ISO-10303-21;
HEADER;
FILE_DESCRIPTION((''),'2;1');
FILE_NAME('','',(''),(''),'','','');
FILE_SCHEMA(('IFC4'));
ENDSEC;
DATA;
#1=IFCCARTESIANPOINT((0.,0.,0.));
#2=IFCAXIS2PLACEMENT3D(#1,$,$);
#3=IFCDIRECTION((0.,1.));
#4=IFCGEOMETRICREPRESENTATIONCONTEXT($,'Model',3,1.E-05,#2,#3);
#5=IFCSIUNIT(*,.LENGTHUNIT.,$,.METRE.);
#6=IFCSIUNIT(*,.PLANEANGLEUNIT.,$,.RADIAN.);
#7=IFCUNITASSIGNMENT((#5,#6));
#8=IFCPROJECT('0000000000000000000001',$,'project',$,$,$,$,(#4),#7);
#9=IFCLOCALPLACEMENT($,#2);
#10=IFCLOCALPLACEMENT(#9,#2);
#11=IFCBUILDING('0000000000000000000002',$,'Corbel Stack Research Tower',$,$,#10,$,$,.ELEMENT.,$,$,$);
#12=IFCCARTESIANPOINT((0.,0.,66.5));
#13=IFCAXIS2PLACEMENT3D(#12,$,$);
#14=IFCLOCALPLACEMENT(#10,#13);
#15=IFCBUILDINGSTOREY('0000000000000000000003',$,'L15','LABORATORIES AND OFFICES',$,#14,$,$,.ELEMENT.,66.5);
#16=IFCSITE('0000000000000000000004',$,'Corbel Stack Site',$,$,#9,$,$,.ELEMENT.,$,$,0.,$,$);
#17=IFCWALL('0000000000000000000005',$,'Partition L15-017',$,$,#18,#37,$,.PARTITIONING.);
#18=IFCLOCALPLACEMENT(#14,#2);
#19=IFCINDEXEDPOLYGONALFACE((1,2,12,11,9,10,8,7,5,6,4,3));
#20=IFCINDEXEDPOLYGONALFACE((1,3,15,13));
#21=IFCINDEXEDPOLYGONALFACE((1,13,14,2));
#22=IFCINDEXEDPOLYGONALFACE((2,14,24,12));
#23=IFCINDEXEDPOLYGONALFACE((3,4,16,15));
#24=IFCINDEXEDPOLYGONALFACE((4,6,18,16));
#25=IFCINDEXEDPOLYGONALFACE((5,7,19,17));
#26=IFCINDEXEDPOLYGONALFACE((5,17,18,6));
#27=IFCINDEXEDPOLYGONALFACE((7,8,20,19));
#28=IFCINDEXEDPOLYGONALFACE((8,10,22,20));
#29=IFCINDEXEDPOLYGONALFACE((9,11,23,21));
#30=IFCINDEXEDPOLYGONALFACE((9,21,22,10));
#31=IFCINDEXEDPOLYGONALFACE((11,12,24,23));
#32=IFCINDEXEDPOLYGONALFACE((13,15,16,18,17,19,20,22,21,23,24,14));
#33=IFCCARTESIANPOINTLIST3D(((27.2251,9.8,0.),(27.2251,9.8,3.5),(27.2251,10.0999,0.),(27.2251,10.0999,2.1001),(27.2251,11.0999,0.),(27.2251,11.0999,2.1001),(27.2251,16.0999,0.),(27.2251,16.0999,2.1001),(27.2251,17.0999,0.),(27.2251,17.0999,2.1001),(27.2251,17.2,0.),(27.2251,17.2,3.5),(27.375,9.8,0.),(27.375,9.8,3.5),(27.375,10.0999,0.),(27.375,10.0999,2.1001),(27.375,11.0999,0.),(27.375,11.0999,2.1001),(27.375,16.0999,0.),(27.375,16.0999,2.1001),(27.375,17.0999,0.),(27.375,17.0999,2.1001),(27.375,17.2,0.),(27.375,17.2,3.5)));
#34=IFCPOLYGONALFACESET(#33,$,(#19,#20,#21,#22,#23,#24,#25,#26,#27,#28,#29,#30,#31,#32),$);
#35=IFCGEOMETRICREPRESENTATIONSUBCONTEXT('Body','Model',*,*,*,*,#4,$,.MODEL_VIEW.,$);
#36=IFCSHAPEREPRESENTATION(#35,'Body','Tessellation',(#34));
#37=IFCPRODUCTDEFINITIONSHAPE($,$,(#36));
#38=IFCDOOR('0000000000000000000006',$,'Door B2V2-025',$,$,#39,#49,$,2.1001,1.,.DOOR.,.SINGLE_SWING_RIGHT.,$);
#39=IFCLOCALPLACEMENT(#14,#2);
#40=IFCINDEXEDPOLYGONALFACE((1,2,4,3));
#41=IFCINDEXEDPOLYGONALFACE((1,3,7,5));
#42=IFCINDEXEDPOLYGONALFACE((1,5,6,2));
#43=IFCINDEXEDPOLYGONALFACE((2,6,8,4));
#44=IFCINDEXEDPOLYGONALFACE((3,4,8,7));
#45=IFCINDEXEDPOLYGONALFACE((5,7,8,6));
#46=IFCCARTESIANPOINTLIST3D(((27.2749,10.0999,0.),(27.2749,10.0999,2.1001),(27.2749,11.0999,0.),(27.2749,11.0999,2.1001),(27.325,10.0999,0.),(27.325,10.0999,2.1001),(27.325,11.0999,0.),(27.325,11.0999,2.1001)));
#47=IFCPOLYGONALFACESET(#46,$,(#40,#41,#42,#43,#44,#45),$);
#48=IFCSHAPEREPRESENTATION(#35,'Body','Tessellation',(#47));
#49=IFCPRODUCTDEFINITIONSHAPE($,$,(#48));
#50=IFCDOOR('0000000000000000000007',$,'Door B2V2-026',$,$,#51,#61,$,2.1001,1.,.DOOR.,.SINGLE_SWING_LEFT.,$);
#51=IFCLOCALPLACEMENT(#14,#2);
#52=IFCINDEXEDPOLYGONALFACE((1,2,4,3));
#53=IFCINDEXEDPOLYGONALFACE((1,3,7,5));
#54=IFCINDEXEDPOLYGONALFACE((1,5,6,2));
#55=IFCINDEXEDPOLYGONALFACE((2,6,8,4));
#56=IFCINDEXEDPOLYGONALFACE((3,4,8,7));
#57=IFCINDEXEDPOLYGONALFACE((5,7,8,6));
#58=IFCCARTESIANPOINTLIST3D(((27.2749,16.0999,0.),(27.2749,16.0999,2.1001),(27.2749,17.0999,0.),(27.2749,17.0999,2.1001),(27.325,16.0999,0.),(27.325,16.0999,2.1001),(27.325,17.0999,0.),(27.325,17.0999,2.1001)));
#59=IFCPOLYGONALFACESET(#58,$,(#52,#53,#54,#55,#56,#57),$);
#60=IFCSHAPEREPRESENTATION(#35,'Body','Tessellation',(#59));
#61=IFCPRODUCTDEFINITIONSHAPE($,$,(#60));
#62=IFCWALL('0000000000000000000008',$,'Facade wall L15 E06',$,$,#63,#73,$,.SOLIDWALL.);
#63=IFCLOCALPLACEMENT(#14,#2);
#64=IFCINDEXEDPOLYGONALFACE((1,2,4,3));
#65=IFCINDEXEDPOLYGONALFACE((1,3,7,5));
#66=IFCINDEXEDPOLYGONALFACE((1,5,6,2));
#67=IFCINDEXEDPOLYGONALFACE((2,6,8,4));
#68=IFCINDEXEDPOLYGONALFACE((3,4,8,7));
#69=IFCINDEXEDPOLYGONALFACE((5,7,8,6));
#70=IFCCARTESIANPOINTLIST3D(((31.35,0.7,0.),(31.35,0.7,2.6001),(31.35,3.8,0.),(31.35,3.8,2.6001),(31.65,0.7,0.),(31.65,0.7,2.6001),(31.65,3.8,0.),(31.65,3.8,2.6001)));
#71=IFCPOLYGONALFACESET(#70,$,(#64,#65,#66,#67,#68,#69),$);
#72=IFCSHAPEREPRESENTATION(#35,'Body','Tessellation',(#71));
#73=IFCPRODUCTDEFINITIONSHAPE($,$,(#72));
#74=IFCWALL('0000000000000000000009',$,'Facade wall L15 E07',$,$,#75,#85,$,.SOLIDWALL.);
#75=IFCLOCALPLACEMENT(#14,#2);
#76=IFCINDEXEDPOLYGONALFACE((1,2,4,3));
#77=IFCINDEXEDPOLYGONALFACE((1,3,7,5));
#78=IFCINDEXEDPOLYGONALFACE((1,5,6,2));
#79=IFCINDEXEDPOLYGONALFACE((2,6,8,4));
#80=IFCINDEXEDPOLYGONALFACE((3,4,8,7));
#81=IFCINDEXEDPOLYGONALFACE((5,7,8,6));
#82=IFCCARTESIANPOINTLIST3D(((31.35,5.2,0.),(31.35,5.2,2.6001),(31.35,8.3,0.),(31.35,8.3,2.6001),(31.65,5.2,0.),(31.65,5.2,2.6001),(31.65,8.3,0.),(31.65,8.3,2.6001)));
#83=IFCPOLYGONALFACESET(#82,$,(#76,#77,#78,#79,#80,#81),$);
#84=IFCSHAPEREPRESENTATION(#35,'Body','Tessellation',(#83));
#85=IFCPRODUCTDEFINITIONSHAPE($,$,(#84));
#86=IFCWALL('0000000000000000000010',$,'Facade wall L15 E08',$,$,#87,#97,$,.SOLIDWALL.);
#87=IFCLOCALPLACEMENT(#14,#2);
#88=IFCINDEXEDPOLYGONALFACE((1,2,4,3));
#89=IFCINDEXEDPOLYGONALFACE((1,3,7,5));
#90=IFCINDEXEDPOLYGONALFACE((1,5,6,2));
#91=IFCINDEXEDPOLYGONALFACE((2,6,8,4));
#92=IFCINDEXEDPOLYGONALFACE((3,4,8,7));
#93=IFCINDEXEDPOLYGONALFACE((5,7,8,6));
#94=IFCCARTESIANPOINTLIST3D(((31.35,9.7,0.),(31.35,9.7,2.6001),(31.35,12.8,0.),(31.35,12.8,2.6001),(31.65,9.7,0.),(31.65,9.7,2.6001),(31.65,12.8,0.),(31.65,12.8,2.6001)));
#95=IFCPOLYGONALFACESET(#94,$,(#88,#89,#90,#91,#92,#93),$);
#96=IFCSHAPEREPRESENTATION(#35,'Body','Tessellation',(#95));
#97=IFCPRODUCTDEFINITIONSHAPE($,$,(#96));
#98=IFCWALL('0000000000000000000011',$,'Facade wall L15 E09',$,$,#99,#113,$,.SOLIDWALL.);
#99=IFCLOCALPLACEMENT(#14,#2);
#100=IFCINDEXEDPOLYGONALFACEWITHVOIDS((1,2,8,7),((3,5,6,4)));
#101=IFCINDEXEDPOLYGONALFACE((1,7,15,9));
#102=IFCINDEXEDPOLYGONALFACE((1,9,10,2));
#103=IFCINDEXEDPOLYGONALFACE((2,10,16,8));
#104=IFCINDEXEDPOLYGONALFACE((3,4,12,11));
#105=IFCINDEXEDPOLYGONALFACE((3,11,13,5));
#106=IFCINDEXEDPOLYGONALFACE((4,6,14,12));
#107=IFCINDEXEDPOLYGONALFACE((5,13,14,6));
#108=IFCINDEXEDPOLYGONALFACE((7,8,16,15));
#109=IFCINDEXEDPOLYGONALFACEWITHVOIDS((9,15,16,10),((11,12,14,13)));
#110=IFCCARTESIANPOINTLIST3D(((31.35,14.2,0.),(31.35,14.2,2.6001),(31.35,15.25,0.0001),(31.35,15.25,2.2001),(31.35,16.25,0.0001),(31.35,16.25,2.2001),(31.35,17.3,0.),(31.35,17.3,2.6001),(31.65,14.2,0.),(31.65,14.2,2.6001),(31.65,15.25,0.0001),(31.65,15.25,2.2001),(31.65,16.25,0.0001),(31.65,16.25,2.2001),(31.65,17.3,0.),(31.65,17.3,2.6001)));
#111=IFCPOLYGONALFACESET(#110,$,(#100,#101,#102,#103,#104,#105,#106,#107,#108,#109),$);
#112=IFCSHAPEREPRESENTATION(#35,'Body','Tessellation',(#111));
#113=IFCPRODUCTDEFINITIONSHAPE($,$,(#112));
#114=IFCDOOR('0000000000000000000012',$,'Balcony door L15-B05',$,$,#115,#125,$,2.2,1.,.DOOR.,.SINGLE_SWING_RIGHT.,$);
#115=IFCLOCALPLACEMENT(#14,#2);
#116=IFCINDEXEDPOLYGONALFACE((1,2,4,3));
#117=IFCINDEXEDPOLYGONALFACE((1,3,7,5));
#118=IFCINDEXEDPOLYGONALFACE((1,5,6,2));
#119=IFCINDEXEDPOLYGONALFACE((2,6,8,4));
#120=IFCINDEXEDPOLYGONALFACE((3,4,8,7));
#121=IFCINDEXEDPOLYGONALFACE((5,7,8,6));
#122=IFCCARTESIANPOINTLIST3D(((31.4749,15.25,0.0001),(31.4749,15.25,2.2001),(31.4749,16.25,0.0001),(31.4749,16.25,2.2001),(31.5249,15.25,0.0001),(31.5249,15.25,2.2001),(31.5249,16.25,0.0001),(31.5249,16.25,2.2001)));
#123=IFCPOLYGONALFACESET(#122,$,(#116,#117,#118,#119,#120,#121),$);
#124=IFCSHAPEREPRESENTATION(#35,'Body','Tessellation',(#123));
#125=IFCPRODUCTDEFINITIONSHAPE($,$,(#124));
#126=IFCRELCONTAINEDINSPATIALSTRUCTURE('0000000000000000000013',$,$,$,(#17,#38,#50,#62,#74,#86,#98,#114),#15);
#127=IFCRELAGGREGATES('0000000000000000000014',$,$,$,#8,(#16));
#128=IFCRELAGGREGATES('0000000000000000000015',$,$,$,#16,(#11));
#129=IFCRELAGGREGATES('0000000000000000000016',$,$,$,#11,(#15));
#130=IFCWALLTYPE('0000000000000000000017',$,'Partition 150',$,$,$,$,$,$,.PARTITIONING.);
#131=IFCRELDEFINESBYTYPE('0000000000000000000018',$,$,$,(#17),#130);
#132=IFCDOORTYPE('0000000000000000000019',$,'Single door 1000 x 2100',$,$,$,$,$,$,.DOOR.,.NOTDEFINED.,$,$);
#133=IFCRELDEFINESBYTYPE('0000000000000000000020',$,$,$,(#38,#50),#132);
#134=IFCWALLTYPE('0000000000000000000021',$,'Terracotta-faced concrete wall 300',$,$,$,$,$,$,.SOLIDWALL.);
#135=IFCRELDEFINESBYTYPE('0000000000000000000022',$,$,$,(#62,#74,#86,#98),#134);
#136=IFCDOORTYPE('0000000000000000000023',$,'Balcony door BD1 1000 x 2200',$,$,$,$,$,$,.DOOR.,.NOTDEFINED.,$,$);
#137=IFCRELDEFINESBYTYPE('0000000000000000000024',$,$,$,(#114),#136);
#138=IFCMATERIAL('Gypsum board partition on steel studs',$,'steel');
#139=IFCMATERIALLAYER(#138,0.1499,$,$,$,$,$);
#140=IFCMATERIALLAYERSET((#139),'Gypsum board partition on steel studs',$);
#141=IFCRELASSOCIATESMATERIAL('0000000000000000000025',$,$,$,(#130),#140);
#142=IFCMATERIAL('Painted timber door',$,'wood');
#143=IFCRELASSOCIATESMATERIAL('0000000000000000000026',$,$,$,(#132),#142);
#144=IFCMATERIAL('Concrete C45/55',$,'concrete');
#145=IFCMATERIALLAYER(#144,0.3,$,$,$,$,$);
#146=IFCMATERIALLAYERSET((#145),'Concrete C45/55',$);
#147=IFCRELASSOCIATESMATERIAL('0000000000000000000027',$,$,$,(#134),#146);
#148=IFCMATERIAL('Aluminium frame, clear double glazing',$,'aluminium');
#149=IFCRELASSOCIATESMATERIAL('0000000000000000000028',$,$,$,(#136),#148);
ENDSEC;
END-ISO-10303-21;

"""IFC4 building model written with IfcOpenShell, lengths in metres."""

from ifc_helpers import new_model, si_unit, direction, frame, frame_2d, origin, place, context, subcontext, project, spatial, rectangle, extrude, material, layer, layer_set, type_object, element, fill, save


model = new_model("IFC4")

# Units and contexts
model_context = context("Model", 3, precision=1e-05, world=origin(), true_north=direction((0.0, 1.0)))
body_context = subcontext(model_context, "Body", "Model", "MODEL_VIEW")
ifc_project = project(units=[si_unit("LENGTHUNIT", "METRE"), si_unit("PLANEANGLEUNIT", "RADIAN")], contexts=[model_context])

# Site, building, storey
site_placement = place(None, origin())
site = spatial("IfcSite", under=ifc_project, at=site_placement, Name="Corbel Stack Site", CompositionType="ELEMENT", RefElevation=0.0)
building_placement = place(site_placement, origin())
building = spatial("IfcBuilding", under=site, at=building_placement, Name="Corbel Stack Research Tower", CompositionType="ELEMENT")
storey_placement = place(building_placement, frame((0.0, 0.0, 66.5)))
storey = spatial("IfcBuildingStorey", under=building, at=storey_placement, Name="L15", Description="LABORATORIES AND OFFICES", CompositionType="ELEMENT", Elevation=66.5)

# Shared definitions
ifc_material_1 = material(Name="Gypsum board partition on steel studs", Category="steel")
ifc_layer_1 = layer(ifc_material_1, 0.1499)
ifc_layer_set_1 = layer_set([ifc_layer_1], Name="Gypsum board partition on steel studs")
wall_type_1 = type_object("IfcWallType", Name="Partition 150", PredefinedType="PARTITIONING", material=ifc_layer_set_1)

# Wall, openings, doors
wall_1_placement = place(storey_placement, frame((27.3, 17.2, 0.0), z_axis=(0.0, 0.0, 1.0), x_axis=(0.0, -1.0, 0.0)))
wall_1 = element("IfcWall", 1, at=wall_1_placement, inside=storey, type_object=wall_type_1, Name="Partition L15-017", PredefinedType="PARTITIONING", context=body_context, shape_type="SweptSolid", body=[
    extrude(rectangle(XDim=7.3999, YDim=0.1499, at=frame_2d((3.7, 0.0))), origin(), (0.0, 0.0, 1.0), 3.5),
])
opening_1_placement = place(wall_1_placement, frame((6.1001, 0.0, 0.0)))
opening_1 = element("IfcOpeningElement", 2, at=opening_1_placement, cuts=wall_1, PredefinedType="OPENING", context=body_context, shape_type="SweptSolid", body=[
    extrude(rectangle(XDim=1.0, YDim=2.1001, at=frame_2d((0.5, 1.05))), frame((0.0, 0.085, 0.0), z_axis=(0.0, -1.0, 0.0), x_axis=(1.0, 0.0, 0.0)), (0.0, 0.0, 1.0), 0.1699),
])
opening_2_placement = place(wall_1_placement, frame((0.1001, 0.0, 0.0)))
opening_2 = element("IfcOpeningElement", 3, at=opening_2_placement, cuts=wall_1, PredefinedType="OPENING", context=body_context, shape_type="SweptSolid", body=[
    extrude(rectangle(XDim=1.0, YDim=2.1001, at=frame_2d((0.5, 1.05))), frame((0.0, 0.085, 0.0), z_axis=(0.0, -1.0, 0.0), x_axis=(1.0, 0.0, 0.0)), (0.0, 0.0, 1.0), 0.1699),
])
ifc_material_2 = material(Name="Painted timber door", Category="wood")
door_type_1 = type_object("IfcDoorType", Name="Single door 1000 x 2100", OperationType="NOTDEFINED", PredefinedType="DOOR", material=ifc_material_2)
door_1_placement = place(opening_1_placement, origin())
door_1 = element("IfcDoor", 4, at=door_1_placement, inside=storey, type_object=door_type_1, Name="Door B2V2-025", OperationType="SINGLE_SWING_RIGHT", OverallHeight=2.1001, OverallWidth=1.0, PredefinedType="DOOR", context=body_context, shape_type="SweptSolid", body=[
    extrude(rectangle(XDim=1.0, YDim=2.1001, at=frame_2d((0.5, 1.05))), frame((0.0, 0.0249, 0.0), z_axis=(0.0, -1.0, 0.0), x_axis=(1.0, 0.0, 0.0)), (0.0, 0.0, 1.0), 0.05),
])
fill(opening_1, door_1)
door_2_placement = place(opening_2_placement, origin())
door_2 = element("IfcDoor", 5, at=door_2_placement, inside=storey, type_object=door_type_1, Name="Door B2V2-026", OperationType="SINGLE_SWING_LEFT", OverallHeight=2.1001, OverallWidth=1.0, PredefinedType="DOOR", context=body_context, shape_type="SweptSolid", body=[
    extrude(rectangle(XDim=1.0, YDim=2.1001, at=frame_2d((0.5, 1.05))), frame((0.0, 0.0249, 0.0), z_axis=(0.0, -1.0, 0.0), x_axis=(1.0, 0.0, 0.0)), (0.0, 0.0, 1.0), 0.05),
])
fill(opening_2, door_2)

# Walls
ifc_material_3 = material(Name="Concrete C45/55", Category="concrete")
ifc_layer_2 = layer(ifc_material_3, 0.3)
ifc_layer_set_2 = layer_set([ifc_layer_2], Name="Concrete C45/55")
wall_type_2 = type_object("IfcWallType", Name="Terracotta-faced concrete wall 300", PredefinedType="SOLIDWALL", material=ifc_layer_set_2)
for number, where, z_axis, x_axis, name in (
    (6, (31.5, 3.8, 0.0), (0.0, 0.0, 1.0), (0.0, -1.0, 0.0), "Facade wall L15 E06"),
    (7, (31.5, 8.3, 0.0), (0.0, 0.0, 1.0), (0.0, -1.0, 0.0), "Facade wall L15 E07"),
    (8, (31.5, 12.8, 0.0), (0.0, 0.0, 1.0), (0.0, -1.0, 0.0), "Facade wall L15 E08"),
):
    element("IfcWall", number, at=place(storey_placement, frame(where, z_axis=z_axis, x_axis=x_axis)), inside=storey, type_object=wall_type_2, Name=name, PredefinedType="SOLIDWALL", context=body_context, shape_type="SweptSolid", body=[
        extrude(rectangle(XDim=3.1001, YDim=0.3, at=frame_2d((1.55, 0.0))), origin(), (0.0, 0.0, 1.0), 2.6001),
    ])

# Wall, opening, door
wall_2_placement = place(storey_placement, frame((31.5, 17.3, 0.0), z_axis=(0.0, 0.0, 1.0), x_axis=(0.0, -1.0, 0.0)))
wall_2 = element("IfcWall", 9, at=wall_2_placement, inside=storey, type_object=wall_type_2, Name="Facade wall L15 E09", PredefinedType="SOLIDWALL", context=body_context, shape_type="SweptSolid", body=[
    extrude(rectangle(XDim=3.1001, YDim=0.3, at=frame_2d((1.55, 0.0))), origin(), (0.0, 0.0, 1.0), 2.6001),
])
opening_3_placement = place(wall_2_placement, frame((1.05, 0.0, 0.0)))
opening_3 = element("IfcOpeningElement", 10, at=opening_3_placement, cuts=wall_2, PredefinedType="OPENING", context=body_context, shape_type="SweptSolid", body=[
    extrude(rectangle(XDim=1.0, YDim=2.2, at=frame_2d((0.5, 1.1001))), frame((0.0, 0.1599, 0.0), z_axis=(0.0, -1.0, 0.0), x_axis=(1.0, 0.0, 0.0)), (0.0, 0.0, 1.0), 0.3201),
])
ifc_material_4 = material(Name="Aluminium frame, clear double glazing", Category="aluminium")
door_type_2 = type_object("IfcDoorType", Name="Balcony door BD1 1000 x 2200", OperationType="NOTDEFINED", PredefinedType="DOOR", material=ifc_material_4)
door_3_placement = place(opening_3_placement, origin())
door_3 = element("IfcDoor", 11, at=door_3_placement, inside=storey, type_object=door_type_2, Name="Balcony door L15-B05", OperationType="SINGLE_SWING_RIGHT", OverallHeight=2.2, OverallWidth=1.0, PredefinedType="DOOR", context=body_context, shape_type="SweptSolid", body=[
    extrude(rectangle(XDim=1.0, YDim=2.2, at=frame_2d((0.5, 1.1001))), frame((0.0, 0.0249, 0.0), z_axis=(0.0, -1.0, 0.0), x_axis=(1.0, 0.0, 0.0)), (0.0, 0.0, 1.0), 0.05),
])
fill(opening_3, door_3)

save(model, "model.ifc")
